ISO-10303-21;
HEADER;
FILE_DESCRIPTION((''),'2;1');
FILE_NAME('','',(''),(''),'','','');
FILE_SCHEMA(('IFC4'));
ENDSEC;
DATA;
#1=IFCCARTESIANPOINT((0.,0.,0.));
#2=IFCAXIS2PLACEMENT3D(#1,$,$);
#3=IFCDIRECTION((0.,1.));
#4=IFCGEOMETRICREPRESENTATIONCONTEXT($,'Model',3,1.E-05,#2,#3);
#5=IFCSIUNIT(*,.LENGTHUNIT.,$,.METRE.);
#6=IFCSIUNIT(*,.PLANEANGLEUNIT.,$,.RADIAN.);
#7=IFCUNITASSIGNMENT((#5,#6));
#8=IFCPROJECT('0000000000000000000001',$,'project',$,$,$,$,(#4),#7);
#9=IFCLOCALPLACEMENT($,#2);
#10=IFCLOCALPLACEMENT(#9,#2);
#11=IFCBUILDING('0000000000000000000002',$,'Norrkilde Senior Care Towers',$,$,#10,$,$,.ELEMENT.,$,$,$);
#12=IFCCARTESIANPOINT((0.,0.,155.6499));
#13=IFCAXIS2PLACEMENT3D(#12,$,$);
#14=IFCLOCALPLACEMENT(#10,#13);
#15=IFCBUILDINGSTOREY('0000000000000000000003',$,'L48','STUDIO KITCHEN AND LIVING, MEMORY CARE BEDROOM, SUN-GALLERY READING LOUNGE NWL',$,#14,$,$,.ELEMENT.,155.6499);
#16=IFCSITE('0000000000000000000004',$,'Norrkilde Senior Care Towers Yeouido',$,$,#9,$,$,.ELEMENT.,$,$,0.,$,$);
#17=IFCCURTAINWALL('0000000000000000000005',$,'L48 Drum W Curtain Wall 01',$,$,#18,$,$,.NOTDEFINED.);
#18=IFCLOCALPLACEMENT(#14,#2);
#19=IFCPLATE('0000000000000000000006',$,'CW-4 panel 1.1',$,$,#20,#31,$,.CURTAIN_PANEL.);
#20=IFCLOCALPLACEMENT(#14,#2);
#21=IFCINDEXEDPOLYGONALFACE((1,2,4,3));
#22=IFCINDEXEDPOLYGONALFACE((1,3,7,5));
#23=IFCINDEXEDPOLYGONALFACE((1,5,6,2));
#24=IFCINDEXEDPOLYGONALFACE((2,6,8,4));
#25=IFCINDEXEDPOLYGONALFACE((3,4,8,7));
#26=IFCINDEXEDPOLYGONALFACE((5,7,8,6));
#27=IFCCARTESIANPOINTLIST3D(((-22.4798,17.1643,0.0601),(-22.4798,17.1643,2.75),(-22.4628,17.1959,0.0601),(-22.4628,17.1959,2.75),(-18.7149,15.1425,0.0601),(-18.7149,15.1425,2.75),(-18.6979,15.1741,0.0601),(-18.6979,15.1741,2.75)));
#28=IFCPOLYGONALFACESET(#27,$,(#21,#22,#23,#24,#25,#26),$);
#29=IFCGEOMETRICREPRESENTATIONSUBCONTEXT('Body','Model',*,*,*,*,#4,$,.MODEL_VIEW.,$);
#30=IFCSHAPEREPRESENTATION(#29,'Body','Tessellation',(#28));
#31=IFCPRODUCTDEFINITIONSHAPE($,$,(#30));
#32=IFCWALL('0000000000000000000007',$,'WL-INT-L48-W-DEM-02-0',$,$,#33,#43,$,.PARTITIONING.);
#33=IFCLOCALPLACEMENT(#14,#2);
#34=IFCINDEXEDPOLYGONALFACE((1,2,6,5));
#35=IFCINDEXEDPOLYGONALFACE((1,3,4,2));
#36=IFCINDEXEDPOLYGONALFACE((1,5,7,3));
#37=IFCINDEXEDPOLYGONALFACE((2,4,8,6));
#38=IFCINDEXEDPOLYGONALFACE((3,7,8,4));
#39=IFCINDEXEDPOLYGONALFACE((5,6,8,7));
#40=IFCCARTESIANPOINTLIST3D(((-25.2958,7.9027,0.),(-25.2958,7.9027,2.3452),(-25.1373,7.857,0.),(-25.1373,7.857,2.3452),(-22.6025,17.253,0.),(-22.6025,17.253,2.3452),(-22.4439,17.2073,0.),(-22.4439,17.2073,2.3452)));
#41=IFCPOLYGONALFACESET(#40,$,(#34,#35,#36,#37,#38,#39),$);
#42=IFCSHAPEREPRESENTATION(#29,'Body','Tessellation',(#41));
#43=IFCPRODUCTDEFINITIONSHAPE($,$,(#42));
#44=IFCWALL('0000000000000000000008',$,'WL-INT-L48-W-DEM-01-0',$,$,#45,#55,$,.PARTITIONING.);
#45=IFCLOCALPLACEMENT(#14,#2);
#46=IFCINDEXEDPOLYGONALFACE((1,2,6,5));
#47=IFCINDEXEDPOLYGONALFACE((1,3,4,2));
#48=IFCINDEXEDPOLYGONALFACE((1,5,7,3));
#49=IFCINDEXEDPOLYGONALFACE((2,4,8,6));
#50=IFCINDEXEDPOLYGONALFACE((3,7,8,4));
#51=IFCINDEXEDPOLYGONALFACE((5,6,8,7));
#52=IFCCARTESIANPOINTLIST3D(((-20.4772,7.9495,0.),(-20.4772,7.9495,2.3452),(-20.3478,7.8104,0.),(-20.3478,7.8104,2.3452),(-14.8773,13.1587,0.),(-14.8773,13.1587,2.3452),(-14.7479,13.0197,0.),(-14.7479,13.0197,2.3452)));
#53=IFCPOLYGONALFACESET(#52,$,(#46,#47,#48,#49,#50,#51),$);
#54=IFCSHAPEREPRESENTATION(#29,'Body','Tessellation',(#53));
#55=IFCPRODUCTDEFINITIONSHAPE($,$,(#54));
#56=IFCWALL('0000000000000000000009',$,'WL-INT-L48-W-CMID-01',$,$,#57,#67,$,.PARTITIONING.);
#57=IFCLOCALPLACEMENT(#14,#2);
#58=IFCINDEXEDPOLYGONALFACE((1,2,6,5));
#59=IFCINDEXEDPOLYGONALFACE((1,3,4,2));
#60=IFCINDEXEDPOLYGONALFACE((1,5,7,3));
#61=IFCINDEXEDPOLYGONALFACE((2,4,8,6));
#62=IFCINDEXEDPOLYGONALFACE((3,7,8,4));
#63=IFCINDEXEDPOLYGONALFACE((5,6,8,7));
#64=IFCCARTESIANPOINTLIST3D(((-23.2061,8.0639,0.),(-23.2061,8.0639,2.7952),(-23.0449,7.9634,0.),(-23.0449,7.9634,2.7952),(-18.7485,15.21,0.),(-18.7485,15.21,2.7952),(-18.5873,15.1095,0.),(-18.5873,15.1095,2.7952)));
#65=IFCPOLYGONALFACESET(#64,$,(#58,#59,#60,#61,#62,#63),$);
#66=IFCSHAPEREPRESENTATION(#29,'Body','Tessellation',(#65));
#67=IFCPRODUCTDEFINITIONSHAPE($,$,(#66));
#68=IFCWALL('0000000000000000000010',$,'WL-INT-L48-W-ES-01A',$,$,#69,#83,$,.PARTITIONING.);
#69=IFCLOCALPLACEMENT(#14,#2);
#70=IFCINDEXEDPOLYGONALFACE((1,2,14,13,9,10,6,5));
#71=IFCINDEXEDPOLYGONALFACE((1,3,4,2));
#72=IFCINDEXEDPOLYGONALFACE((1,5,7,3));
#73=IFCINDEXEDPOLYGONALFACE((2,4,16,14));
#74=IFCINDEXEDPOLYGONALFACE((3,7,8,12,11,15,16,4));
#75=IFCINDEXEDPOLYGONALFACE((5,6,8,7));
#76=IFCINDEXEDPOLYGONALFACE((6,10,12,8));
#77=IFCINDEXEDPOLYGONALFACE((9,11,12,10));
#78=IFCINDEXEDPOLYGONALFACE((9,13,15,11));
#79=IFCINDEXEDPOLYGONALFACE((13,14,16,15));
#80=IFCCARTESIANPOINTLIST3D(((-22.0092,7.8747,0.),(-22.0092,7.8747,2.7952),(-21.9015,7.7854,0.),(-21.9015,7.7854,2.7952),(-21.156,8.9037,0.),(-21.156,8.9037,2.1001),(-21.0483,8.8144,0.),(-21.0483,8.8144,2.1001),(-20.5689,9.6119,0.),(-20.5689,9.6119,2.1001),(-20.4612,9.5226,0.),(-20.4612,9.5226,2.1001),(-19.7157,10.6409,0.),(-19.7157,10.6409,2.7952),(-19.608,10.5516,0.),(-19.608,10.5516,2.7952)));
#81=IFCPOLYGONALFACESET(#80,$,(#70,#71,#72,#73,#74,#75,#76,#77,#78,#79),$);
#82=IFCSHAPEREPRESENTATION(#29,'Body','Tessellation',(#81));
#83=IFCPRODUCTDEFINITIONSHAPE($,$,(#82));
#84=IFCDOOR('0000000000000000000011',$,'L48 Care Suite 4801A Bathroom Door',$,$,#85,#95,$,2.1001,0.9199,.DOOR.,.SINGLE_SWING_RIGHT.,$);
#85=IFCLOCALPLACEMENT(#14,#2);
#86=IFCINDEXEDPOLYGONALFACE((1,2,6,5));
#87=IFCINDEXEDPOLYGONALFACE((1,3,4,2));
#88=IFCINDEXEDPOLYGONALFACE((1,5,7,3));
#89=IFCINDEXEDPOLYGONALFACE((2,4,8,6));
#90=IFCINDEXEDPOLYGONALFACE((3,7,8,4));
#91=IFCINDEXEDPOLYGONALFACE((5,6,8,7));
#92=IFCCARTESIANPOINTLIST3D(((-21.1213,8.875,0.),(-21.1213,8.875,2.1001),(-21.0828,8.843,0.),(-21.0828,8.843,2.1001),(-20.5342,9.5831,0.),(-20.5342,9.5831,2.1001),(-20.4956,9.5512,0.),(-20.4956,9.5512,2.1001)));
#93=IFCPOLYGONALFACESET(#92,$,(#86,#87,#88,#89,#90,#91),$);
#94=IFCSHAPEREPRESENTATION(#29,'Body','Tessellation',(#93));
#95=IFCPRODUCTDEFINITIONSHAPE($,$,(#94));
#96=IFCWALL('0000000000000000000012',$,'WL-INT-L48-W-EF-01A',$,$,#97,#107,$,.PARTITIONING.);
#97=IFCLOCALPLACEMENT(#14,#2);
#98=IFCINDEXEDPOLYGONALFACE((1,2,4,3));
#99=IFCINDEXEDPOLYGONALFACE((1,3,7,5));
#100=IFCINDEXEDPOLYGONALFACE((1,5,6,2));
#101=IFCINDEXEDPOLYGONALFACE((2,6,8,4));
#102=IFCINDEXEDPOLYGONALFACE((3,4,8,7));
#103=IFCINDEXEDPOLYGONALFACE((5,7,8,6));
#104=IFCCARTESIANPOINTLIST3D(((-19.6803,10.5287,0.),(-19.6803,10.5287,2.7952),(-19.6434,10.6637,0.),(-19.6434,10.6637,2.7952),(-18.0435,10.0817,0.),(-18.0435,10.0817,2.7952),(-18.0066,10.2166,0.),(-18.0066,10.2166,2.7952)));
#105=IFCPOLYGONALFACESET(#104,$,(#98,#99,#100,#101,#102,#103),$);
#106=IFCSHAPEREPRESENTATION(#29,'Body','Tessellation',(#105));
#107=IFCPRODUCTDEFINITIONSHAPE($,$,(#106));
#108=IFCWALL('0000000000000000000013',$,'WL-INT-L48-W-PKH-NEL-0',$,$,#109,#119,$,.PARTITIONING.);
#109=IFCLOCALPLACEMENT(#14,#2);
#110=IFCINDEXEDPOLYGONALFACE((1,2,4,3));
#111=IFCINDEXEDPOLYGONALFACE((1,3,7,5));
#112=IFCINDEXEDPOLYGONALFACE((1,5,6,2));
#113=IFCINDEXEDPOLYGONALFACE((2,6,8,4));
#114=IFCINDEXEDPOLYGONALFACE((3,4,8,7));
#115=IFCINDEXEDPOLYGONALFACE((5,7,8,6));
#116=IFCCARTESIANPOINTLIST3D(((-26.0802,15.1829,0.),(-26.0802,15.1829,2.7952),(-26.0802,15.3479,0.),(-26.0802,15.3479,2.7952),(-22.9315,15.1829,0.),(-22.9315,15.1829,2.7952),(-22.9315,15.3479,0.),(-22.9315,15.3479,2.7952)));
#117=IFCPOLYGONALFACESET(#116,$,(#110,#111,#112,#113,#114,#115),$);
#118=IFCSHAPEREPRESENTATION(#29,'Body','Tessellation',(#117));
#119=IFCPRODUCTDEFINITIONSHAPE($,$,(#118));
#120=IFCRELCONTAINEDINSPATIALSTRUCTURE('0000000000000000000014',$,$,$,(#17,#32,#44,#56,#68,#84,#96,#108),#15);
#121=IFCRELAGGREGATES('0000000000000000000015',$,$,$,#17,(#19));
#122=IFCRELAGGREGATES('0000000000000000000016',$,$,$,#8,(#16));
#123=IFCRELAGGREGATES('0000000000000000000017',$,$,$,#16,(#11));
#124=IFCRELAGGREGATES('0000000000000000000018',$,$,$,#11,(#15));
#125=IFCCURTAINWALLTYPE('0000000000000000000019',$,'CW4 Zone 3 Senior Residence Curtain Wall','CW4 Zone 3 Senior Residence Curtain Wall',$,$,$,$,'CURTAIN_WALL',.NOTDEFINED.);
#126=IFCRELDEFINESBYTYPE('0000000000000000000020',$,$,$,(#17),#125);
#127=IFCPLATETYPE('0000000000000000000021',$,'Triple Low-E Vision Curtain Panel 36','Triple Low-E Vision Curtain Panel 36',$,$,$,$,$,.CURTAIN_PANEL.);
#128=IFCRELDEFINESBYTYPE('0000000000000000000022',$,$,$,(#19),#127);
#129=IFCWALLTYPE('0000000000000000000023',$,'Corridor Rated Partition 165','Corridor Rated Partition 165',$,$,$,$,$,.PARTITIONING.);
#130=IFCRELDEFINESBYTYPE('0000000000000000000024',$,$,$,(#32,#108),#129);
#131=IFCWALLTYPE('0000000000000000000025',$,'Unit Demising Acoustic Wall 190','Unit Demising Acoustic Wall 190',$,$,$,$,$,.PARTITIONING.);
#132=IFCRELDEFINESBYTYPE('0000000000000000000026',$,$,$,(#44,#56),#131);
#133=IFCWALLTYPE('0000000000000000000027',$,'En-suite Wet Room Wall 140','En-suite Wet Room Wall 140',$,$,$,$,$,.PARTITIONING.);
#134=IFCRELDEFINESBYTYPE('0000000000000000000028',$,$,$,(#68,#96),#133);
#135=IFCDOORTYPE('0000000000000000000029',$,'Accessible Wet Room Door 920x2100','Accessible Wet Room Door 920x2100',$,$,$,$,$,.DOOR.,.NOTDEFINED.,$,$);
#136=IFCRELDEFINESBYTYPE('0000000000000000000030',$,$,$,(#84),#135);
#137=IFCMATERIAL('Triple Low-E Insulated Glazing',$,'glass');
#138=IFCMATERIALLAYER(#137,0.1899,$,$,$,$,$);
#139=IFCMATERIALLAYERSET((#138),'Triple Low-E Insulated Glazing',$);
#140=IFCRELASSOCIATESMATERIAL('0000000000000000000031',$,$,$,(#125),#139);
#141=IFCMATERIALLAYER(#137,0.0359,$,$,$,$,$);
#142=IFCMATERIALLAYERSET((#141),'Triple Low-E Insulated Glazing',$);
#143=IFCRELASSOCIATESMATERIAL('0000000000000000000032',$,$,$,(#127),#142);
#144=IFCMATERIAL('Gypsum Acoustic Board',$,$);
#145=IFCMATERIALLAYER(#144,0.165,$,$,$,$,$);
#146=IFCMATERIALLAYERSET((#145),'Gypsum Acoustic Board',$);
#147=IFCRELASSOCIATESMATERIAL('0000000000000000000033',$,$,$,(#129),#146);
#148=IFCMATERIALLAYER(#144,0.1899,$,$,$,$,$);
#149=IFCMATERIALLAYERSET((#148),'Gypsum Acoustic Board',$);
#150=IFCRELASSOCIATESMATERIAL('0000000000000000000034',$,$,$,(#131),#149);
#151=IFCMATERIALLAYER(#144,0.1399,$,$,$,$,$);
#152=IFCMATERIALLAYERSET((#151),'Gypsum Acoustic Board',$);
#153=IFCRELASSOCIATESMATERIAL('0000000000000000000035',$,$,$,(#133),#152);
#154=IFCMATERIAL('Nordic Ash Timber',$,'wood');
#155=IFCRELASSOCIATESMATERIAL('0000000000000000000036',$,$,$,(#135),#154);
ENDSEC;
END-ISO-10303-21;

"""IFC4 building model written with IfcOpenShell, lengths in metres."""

from ifc_helpers import new_model, si_unit, direction, frame, frame_2d, origin, origin_2d, place, context, subcontext, project, spatial, rectangle, extrude, source, transform, mapped, material, layer, layer_set, type_object, type_shapes, element, fill, aggregate, save


model = new_model("IFC4")

# Units and contexts
model_context = context("Model", 3, precision=1e-05, world=origin(), true_north=direction((0.0, 1.0)))
body_context = subcontext(model_context, "Body", "Model", "MODEL_VIEW")
ifc_project = project(units=[si_unit("LENGTHUNIT", "METRE"), si_unit("PLANEANGLEUNIT", "RADIAN")], contexts=[model_context])

# Site, building, storey
site_placement = place(None, origin())
site = spatial("IfcSite", under=ifc_project, at=site_placement, Name="Norrkilde Senior Care Towers Yeouido", CompositionType="ELEMENT", RefElevation=0.0)
building_placement = place(site_placement, origin())
building = spatial("IfcBuilding", under=site, at=building_placement, Name="Norrkilde Senior Care Towers", CompositionType="ELEMENT")
storey_placement = place(building_placement, frame((0.0, 0.0, 155.6499)))
storey = spatial("IfcBuildingStorey", under=building, at=storey_placement, Name="L48", Description="STUDIO KITCHEN AND LIVING, MEMORY CARE BEDROOM, SUN-GALLERY READING LOUNGE NWL", CompositionType="ELEMENT", Elevation=155.6499)

# Curtain wall, plate
ifc_material_1 = material(Name="Triple Low-E Insulated Glazing", Category="glass")
ifc_layer_1 = layer(ifc_material_1, 0.1899)
ifc_layer_set_1 = layer_set([ifc_layer_1], Name="Triple Low-E Insulated Glazing")
curtain_wall_type = type_object("IfcCurtainWallType", Name="CW4 Zone 3 Senior Residence Curtain Wall", Description="CW4 Zone 3 Senior Residence Curtain Wall", ElementType="CURTAIN_WALL", PredefinedType="NOTDEFINED", material=ifc_layer_set_1)
curtain_wall_placement = place(storey_placement, origin())
curtain_wall = element("IfcCurtainWall", 1, at=curtain_wall_placement, inside=storey, type_object=curtain_wall_type, Name="L48 Drum W Curtain Wall 01", PredefinedType="NOTDEFINED")
ifc_layer_2 = layer(ifc_material_1, 0.0359)
ifc_layer_set_2 = layer_set([ifc_layer_2], Name="Triple Low-E Insulated Glazing")
plate_type = type_object("IfcPlateType", Name="Triple Low-E Vision Curtain Panel 36", Description="Triple Low-E Vision Curtain Panel 36", PredefinedType="CURTAIN_PANEL", material=ifc_layer_set_2)
shared_shape_1 = source(origin(), body_context, "Body", "SweptSolid", [
    extrude(rectangle(XDim=4.2734, YDim=0.0359, at=origin_2d()), origin(), (0.0, 0.0, 1.0), 2.6899),
])
type_shapes(plate_type, [shared_shape_1])
plate_placement = place(storey_placement, frame((-20.5889, 16.1692, 0.0601), z_axis=(0.0, 0.0, 1.0), x_axis=(0.881, -0.473117, 0.0)))
plate = element("IfcPlate", 2, at=plate_placement, type_object=plate_type, Name="CW-4 panel 1.1", PredefinedType="CURTAIN_PANEL", context=body_context, shape_type="MappedRepresentation", body=[
    mapped(shared_shape_1, transform((0.0, 0.0, 0.0), x_axis=(1.0, 0.0, 0.0), y_axis=(0.0, 1.0, 0.0), z_axis=(0.0, 0.0, 1.0), scale=1.0)),
])
aggregate(curtain_wall, [plate])

# Walls
ifc_material_2 = material(Name="Gypsum Acoustic Board")
ifc_layer_3 = layer(ifc_material_2, 0.165)
ifc_layer_set_3 = layer_set([ifc_layer_3], Name="Gypsum Acoustic Board")
wall_type_1 = type_object("IfcWallType", Name="Corridor Rated Partition 165", Description="Corridor Rated Partition 165", PredefinedType="PARTITIONING", material=ifc_layer_set_3)
shared_shape_2 = source(origin(), body_context, "Body", "SweptSolid", [
    extrude(rectangle(XDim=9.7305, YDim=0.165, at=frame_2d((4.8652, 0.0))), origin(), (0.0, 0.0, 1.0), 2.3452),
])
wall_1_placement = place(storey_placement, frame((-25.2166, 7.8799, 0.0), z_axis=(0.0, 0.0, 1.0), x_axis=(0.276795, 0.960929, 0.0)))
element("IfcWall", 3, at=wall_1_placement, inside=storey, type_object=wall_type_1, Name="WL-INT-L48-W-DEM-02-0", PredefinedType="PARTITIONING", context=body_context, shape_type="MappedRepresentation", body=[
    mapped(shared_shape_2, transform((0.0, 0.0, 0.0), x_axis=(1.0, 0.0, 0.0), y_axis=(0.0, 1.0, 0.0), z_axis=(0.0, 0.0, 1.0), scale=1.0)),
])
ifc_layer_4 = layer(ifc_material_2, 0.1899)
ifc_layer_set_4 = layer_set([ifc_layer_4], Name="Gypsum Acoustic Board")
wall_type_2 = type_object("IfcWallType", Name="Unit Demising Acoustic Wall 190", Description="Unit Demising Acoustic Wall 190", PredefinedType="PARTITIONING", material=ifc_layer_set_4)
shared_shape_3 = source(origin(), body_context, "Body", "SweptSolid", [
    extrude(rectangle(XDim=7.6482, YDim=0.1899, at=frame_2d((3.8242, 0.0))), origin(), (0.0, 0.0, 1.0), 2.3452),
])
wall_2_placement = place(storey_placement, frame((-20.4126, 7.8799, 0.0), z_axis=(0.0, 0.0, 1.0), x_axis=(0.732183, 0.681108, 0.0)))
element("IfcWall", 4, at=wall_2_placement, inside=storey, type_object=wall_type_2, Name="WL-INT-L48-W-DEM-01-0", PredefinedType="PARTITIONING", context=body_context, shape_type="MappedRepresentation", body=[
    mapped(shared_shape_3, transform((0.0, 0.0, 0.0), x_axis=(1.0, 0.0, 0.0), y_axis=(0.0, 1.0, 0.0), z_axis=(0.0, 0.0, 1.0), scale=1.0)),
])
shared_shape_4 = source(origin(), body_context, "Body", "SweptSolid", [
    extrude(rectangle(XDim=8.4224, YDim=0.1899, at=frame_2d((4.2112, 0.0))), origin(), (0.0, 0.0, 1.0), 2.7952),
])
type_shapes(wall_type_2, [shared_shape_3, shared_shape_4])
wall_3_placement = place(storey_placement, frame((-23.1255, 8.0137, 0.0), z_axis=(0.0, 0.0, 1.0), x_axis=(0.529254, 0.848464, 0.0)))
element("IfcWall", 5, at=wall_3_placement, inside=storey, type_object=wall_type_2, Name="WL-INT-L48-W-CMID-01", PredefinedType="PARTITIONING", context=body_context, shape_type="MappedRepresentation", body=[
    mapped(shared_shape_4, transform((0.0, 0.0, 0.0), x_axis=(1.0, 0.0, 0.0), y_axis=(0.0, 1.0, 0.0), z_axis=(0.0, 0.0, 1.0), scale=1.0)),
])

# Wall, opening, door
ifc_layer_5 = layer(ifc_material_2, 0.1399)
ifc_layer_set_5 = layer_set([ifc_layer_5], Name="Gypsum Acoustic Board")
wall_type_3 = type_object("IfcWallType", Name="En-suite Wet Room Wall 140", Description="En-suite Wet Room Wall 140", PredefinedType="PARTITIONING", material=ifc_layer_set_5)
shared_shape_5 = source(origin(), body_context, "Body", "SweptSolid", [
    extrude(rectangle(XDim=3.5933, YDim=0.1399, at=frame_2d((1.7966, 0.0))), origin(), (0.0, 0.0, 1.0), 2.7952),
])
wall_4_placement = place(storey_placement, frame((-21.9553, 7.8301, 0.0), z_axis=(0.0, 0.0, 1.0), x_axis=(0.638271, 0.769812, 0.0)))
wall_4 = element("IfcWall", 6, at=wall_4_placement, inside=storey, type_object=wall_type_3, Name="WL-INT-L48-W-ES-01A", PredefinedType="PARTITIONING", context=body_context, shape_type="MappedRepresentation", body=[
    mapped(shared_shape_5, transform((0.0, 0.0, 0.0), x_axis=(1.0, 0.0, 0.0), y_axis=(0.0, 1.0, 0.0), z_axis=(0.0, 0.0, 1.0), scale=1.0)),
])
opening_placement = place(wall_4_placement, frame((1.3367, 0.0, 0.0)))
opening = element("IfcOpeningElement", 7, at=opening_placement, cuts=wall_4, PredefinedType="OPENING", context=body_context, shape_type="SweptSolid", body=[
    extrude(rectangle(XDim=0.9199, YDim=2.1001, at=frame_2d((0.46, 1.05))), frame((0.0, 0.0798, 0.0), z_axis=(0.0, -1.0, 0.0), x_axis=(1.0, 0.0, 0.0)), (0.0, 0.0, 1.0), 0.1599),
])
ifc_material_3 = material(Name="Nordic Ash Timber", Category="wood")
door_type = type_object("IfcDoorType", Name="Accessible Wet Room Door 920x2100", Description="Accessible Wet Room Door 920x2100", OperationType="NOTDEFINED", PredefinedType="DOOR", material=ifc_material_3)
shared_shape_6 = source(origin(), body_context, "Body", "SweptSolid", [
    extrude(rectangle(XDim=0.9199, YDim=2.1001, at=frame_2d((0.46, 1.05))), frame((0.0, 0.0249, 0.0), z_axis=(0.0, -1.0, 0.0), x_axis=(1.0, 0.0, 0.0)), (0.0, 0.0, 1.0), 0.05),
])
type_shapes(door_type, [shared_shape_6])
door_placement = place(opening_placement, origin())
door = element("IfcDoor", 8, at=door_placement, inside=storey, type_object=door_type, Name="L48 Care Suite 4801A Bathroom Door", OperationType="SINGLE_SWING_RIGHT", OverallHeight=2.1001, OverallWidth=0.9199, PredefinedType="DOOR", context=body_context, shape_type="MappedRepresentation", body=[
    mapped(shared_shape_6, transform((0.0, 0.0, 0.0), x_axis=(1.0, 0.0, 0.0), y_axis=(0.0, 1.0, 0.0), z_axis=(0.0, 0.0, 1.0), scale=1.0)),
])
fill(opening, door)

# Walls
shared_shape_7 = source(origin(), body_context, "Body", "SweptSolid", [
    extrude(rectangle(XDim=1.6968, YDim=0.1399, at=frame_2d((0.8484, 0.0))), origin(), (0.0, 0.0, 1.0), 2.7952),
])
type_shapes(wall_type_3, [shared_shape_5, shared_shape_7])
wall_5_placement = place(storey_placement, frame((-19.6619, 10.5962, 0.0), z_axis=(0.0, 0.0, 1.0), x_axis=(0.964667, -0.26347, 0.0)))
element("IfcWall", 9, at=wall_5_placement, inside=storey, type_object=wall_type_3, Name="WL-INT-L48-W-EF-01A", PredefinedType="PARTITIONING", context=body_context, shape_type="MappedRepresentation", body=[
    mapped(shared_shape_7, transform((0.0, 0.0, 0.0), x_axis=(1.0, 0.0, 0.0), y_axis=(0.0, 1.0, 0.0), z_axis=(0.0, 0.0, 1.0), scale=1.0)),
])
shared_shape_8 = source(origin(), body_context, "Body", "SweptSolid", [
    extrude(rectangle(XDim=3.1487, YDim=0.165, at=frame_2d((1.5742, 0.0))), origin(), (0.0, 0.0, 1.0), 2.7952),
])
type_shapes(wall_type_1, [shared_shape_2, shared_shape_8])
wall_6_placement = place(storey_placement, frame((-26.0801, 15.2654, 0.0), z_axis=(0.0, 0.0, 1.0), x_axis=(1.0, 0.0, 0.0)))
element("IfcWall", 10, at=wall_6_placement, inside=storey, type_object=wall_type_1, Name="WL-INT-L48-W-PKH-NEL-0", PredefinedType="PARTITIONING", context=body_context, shape_type="MappedRepresentation", body=[
    mapped(shared_shape_8, transform((0.0, 0.0, 0.0), x_axis=(1.0, 0.0, 0.0), y_axis=(0.0, 1.0, 0.0), z_axis=(0.0, 0.0, 1.0), scale=1.0)),
])

save(model, "model.ifc")
